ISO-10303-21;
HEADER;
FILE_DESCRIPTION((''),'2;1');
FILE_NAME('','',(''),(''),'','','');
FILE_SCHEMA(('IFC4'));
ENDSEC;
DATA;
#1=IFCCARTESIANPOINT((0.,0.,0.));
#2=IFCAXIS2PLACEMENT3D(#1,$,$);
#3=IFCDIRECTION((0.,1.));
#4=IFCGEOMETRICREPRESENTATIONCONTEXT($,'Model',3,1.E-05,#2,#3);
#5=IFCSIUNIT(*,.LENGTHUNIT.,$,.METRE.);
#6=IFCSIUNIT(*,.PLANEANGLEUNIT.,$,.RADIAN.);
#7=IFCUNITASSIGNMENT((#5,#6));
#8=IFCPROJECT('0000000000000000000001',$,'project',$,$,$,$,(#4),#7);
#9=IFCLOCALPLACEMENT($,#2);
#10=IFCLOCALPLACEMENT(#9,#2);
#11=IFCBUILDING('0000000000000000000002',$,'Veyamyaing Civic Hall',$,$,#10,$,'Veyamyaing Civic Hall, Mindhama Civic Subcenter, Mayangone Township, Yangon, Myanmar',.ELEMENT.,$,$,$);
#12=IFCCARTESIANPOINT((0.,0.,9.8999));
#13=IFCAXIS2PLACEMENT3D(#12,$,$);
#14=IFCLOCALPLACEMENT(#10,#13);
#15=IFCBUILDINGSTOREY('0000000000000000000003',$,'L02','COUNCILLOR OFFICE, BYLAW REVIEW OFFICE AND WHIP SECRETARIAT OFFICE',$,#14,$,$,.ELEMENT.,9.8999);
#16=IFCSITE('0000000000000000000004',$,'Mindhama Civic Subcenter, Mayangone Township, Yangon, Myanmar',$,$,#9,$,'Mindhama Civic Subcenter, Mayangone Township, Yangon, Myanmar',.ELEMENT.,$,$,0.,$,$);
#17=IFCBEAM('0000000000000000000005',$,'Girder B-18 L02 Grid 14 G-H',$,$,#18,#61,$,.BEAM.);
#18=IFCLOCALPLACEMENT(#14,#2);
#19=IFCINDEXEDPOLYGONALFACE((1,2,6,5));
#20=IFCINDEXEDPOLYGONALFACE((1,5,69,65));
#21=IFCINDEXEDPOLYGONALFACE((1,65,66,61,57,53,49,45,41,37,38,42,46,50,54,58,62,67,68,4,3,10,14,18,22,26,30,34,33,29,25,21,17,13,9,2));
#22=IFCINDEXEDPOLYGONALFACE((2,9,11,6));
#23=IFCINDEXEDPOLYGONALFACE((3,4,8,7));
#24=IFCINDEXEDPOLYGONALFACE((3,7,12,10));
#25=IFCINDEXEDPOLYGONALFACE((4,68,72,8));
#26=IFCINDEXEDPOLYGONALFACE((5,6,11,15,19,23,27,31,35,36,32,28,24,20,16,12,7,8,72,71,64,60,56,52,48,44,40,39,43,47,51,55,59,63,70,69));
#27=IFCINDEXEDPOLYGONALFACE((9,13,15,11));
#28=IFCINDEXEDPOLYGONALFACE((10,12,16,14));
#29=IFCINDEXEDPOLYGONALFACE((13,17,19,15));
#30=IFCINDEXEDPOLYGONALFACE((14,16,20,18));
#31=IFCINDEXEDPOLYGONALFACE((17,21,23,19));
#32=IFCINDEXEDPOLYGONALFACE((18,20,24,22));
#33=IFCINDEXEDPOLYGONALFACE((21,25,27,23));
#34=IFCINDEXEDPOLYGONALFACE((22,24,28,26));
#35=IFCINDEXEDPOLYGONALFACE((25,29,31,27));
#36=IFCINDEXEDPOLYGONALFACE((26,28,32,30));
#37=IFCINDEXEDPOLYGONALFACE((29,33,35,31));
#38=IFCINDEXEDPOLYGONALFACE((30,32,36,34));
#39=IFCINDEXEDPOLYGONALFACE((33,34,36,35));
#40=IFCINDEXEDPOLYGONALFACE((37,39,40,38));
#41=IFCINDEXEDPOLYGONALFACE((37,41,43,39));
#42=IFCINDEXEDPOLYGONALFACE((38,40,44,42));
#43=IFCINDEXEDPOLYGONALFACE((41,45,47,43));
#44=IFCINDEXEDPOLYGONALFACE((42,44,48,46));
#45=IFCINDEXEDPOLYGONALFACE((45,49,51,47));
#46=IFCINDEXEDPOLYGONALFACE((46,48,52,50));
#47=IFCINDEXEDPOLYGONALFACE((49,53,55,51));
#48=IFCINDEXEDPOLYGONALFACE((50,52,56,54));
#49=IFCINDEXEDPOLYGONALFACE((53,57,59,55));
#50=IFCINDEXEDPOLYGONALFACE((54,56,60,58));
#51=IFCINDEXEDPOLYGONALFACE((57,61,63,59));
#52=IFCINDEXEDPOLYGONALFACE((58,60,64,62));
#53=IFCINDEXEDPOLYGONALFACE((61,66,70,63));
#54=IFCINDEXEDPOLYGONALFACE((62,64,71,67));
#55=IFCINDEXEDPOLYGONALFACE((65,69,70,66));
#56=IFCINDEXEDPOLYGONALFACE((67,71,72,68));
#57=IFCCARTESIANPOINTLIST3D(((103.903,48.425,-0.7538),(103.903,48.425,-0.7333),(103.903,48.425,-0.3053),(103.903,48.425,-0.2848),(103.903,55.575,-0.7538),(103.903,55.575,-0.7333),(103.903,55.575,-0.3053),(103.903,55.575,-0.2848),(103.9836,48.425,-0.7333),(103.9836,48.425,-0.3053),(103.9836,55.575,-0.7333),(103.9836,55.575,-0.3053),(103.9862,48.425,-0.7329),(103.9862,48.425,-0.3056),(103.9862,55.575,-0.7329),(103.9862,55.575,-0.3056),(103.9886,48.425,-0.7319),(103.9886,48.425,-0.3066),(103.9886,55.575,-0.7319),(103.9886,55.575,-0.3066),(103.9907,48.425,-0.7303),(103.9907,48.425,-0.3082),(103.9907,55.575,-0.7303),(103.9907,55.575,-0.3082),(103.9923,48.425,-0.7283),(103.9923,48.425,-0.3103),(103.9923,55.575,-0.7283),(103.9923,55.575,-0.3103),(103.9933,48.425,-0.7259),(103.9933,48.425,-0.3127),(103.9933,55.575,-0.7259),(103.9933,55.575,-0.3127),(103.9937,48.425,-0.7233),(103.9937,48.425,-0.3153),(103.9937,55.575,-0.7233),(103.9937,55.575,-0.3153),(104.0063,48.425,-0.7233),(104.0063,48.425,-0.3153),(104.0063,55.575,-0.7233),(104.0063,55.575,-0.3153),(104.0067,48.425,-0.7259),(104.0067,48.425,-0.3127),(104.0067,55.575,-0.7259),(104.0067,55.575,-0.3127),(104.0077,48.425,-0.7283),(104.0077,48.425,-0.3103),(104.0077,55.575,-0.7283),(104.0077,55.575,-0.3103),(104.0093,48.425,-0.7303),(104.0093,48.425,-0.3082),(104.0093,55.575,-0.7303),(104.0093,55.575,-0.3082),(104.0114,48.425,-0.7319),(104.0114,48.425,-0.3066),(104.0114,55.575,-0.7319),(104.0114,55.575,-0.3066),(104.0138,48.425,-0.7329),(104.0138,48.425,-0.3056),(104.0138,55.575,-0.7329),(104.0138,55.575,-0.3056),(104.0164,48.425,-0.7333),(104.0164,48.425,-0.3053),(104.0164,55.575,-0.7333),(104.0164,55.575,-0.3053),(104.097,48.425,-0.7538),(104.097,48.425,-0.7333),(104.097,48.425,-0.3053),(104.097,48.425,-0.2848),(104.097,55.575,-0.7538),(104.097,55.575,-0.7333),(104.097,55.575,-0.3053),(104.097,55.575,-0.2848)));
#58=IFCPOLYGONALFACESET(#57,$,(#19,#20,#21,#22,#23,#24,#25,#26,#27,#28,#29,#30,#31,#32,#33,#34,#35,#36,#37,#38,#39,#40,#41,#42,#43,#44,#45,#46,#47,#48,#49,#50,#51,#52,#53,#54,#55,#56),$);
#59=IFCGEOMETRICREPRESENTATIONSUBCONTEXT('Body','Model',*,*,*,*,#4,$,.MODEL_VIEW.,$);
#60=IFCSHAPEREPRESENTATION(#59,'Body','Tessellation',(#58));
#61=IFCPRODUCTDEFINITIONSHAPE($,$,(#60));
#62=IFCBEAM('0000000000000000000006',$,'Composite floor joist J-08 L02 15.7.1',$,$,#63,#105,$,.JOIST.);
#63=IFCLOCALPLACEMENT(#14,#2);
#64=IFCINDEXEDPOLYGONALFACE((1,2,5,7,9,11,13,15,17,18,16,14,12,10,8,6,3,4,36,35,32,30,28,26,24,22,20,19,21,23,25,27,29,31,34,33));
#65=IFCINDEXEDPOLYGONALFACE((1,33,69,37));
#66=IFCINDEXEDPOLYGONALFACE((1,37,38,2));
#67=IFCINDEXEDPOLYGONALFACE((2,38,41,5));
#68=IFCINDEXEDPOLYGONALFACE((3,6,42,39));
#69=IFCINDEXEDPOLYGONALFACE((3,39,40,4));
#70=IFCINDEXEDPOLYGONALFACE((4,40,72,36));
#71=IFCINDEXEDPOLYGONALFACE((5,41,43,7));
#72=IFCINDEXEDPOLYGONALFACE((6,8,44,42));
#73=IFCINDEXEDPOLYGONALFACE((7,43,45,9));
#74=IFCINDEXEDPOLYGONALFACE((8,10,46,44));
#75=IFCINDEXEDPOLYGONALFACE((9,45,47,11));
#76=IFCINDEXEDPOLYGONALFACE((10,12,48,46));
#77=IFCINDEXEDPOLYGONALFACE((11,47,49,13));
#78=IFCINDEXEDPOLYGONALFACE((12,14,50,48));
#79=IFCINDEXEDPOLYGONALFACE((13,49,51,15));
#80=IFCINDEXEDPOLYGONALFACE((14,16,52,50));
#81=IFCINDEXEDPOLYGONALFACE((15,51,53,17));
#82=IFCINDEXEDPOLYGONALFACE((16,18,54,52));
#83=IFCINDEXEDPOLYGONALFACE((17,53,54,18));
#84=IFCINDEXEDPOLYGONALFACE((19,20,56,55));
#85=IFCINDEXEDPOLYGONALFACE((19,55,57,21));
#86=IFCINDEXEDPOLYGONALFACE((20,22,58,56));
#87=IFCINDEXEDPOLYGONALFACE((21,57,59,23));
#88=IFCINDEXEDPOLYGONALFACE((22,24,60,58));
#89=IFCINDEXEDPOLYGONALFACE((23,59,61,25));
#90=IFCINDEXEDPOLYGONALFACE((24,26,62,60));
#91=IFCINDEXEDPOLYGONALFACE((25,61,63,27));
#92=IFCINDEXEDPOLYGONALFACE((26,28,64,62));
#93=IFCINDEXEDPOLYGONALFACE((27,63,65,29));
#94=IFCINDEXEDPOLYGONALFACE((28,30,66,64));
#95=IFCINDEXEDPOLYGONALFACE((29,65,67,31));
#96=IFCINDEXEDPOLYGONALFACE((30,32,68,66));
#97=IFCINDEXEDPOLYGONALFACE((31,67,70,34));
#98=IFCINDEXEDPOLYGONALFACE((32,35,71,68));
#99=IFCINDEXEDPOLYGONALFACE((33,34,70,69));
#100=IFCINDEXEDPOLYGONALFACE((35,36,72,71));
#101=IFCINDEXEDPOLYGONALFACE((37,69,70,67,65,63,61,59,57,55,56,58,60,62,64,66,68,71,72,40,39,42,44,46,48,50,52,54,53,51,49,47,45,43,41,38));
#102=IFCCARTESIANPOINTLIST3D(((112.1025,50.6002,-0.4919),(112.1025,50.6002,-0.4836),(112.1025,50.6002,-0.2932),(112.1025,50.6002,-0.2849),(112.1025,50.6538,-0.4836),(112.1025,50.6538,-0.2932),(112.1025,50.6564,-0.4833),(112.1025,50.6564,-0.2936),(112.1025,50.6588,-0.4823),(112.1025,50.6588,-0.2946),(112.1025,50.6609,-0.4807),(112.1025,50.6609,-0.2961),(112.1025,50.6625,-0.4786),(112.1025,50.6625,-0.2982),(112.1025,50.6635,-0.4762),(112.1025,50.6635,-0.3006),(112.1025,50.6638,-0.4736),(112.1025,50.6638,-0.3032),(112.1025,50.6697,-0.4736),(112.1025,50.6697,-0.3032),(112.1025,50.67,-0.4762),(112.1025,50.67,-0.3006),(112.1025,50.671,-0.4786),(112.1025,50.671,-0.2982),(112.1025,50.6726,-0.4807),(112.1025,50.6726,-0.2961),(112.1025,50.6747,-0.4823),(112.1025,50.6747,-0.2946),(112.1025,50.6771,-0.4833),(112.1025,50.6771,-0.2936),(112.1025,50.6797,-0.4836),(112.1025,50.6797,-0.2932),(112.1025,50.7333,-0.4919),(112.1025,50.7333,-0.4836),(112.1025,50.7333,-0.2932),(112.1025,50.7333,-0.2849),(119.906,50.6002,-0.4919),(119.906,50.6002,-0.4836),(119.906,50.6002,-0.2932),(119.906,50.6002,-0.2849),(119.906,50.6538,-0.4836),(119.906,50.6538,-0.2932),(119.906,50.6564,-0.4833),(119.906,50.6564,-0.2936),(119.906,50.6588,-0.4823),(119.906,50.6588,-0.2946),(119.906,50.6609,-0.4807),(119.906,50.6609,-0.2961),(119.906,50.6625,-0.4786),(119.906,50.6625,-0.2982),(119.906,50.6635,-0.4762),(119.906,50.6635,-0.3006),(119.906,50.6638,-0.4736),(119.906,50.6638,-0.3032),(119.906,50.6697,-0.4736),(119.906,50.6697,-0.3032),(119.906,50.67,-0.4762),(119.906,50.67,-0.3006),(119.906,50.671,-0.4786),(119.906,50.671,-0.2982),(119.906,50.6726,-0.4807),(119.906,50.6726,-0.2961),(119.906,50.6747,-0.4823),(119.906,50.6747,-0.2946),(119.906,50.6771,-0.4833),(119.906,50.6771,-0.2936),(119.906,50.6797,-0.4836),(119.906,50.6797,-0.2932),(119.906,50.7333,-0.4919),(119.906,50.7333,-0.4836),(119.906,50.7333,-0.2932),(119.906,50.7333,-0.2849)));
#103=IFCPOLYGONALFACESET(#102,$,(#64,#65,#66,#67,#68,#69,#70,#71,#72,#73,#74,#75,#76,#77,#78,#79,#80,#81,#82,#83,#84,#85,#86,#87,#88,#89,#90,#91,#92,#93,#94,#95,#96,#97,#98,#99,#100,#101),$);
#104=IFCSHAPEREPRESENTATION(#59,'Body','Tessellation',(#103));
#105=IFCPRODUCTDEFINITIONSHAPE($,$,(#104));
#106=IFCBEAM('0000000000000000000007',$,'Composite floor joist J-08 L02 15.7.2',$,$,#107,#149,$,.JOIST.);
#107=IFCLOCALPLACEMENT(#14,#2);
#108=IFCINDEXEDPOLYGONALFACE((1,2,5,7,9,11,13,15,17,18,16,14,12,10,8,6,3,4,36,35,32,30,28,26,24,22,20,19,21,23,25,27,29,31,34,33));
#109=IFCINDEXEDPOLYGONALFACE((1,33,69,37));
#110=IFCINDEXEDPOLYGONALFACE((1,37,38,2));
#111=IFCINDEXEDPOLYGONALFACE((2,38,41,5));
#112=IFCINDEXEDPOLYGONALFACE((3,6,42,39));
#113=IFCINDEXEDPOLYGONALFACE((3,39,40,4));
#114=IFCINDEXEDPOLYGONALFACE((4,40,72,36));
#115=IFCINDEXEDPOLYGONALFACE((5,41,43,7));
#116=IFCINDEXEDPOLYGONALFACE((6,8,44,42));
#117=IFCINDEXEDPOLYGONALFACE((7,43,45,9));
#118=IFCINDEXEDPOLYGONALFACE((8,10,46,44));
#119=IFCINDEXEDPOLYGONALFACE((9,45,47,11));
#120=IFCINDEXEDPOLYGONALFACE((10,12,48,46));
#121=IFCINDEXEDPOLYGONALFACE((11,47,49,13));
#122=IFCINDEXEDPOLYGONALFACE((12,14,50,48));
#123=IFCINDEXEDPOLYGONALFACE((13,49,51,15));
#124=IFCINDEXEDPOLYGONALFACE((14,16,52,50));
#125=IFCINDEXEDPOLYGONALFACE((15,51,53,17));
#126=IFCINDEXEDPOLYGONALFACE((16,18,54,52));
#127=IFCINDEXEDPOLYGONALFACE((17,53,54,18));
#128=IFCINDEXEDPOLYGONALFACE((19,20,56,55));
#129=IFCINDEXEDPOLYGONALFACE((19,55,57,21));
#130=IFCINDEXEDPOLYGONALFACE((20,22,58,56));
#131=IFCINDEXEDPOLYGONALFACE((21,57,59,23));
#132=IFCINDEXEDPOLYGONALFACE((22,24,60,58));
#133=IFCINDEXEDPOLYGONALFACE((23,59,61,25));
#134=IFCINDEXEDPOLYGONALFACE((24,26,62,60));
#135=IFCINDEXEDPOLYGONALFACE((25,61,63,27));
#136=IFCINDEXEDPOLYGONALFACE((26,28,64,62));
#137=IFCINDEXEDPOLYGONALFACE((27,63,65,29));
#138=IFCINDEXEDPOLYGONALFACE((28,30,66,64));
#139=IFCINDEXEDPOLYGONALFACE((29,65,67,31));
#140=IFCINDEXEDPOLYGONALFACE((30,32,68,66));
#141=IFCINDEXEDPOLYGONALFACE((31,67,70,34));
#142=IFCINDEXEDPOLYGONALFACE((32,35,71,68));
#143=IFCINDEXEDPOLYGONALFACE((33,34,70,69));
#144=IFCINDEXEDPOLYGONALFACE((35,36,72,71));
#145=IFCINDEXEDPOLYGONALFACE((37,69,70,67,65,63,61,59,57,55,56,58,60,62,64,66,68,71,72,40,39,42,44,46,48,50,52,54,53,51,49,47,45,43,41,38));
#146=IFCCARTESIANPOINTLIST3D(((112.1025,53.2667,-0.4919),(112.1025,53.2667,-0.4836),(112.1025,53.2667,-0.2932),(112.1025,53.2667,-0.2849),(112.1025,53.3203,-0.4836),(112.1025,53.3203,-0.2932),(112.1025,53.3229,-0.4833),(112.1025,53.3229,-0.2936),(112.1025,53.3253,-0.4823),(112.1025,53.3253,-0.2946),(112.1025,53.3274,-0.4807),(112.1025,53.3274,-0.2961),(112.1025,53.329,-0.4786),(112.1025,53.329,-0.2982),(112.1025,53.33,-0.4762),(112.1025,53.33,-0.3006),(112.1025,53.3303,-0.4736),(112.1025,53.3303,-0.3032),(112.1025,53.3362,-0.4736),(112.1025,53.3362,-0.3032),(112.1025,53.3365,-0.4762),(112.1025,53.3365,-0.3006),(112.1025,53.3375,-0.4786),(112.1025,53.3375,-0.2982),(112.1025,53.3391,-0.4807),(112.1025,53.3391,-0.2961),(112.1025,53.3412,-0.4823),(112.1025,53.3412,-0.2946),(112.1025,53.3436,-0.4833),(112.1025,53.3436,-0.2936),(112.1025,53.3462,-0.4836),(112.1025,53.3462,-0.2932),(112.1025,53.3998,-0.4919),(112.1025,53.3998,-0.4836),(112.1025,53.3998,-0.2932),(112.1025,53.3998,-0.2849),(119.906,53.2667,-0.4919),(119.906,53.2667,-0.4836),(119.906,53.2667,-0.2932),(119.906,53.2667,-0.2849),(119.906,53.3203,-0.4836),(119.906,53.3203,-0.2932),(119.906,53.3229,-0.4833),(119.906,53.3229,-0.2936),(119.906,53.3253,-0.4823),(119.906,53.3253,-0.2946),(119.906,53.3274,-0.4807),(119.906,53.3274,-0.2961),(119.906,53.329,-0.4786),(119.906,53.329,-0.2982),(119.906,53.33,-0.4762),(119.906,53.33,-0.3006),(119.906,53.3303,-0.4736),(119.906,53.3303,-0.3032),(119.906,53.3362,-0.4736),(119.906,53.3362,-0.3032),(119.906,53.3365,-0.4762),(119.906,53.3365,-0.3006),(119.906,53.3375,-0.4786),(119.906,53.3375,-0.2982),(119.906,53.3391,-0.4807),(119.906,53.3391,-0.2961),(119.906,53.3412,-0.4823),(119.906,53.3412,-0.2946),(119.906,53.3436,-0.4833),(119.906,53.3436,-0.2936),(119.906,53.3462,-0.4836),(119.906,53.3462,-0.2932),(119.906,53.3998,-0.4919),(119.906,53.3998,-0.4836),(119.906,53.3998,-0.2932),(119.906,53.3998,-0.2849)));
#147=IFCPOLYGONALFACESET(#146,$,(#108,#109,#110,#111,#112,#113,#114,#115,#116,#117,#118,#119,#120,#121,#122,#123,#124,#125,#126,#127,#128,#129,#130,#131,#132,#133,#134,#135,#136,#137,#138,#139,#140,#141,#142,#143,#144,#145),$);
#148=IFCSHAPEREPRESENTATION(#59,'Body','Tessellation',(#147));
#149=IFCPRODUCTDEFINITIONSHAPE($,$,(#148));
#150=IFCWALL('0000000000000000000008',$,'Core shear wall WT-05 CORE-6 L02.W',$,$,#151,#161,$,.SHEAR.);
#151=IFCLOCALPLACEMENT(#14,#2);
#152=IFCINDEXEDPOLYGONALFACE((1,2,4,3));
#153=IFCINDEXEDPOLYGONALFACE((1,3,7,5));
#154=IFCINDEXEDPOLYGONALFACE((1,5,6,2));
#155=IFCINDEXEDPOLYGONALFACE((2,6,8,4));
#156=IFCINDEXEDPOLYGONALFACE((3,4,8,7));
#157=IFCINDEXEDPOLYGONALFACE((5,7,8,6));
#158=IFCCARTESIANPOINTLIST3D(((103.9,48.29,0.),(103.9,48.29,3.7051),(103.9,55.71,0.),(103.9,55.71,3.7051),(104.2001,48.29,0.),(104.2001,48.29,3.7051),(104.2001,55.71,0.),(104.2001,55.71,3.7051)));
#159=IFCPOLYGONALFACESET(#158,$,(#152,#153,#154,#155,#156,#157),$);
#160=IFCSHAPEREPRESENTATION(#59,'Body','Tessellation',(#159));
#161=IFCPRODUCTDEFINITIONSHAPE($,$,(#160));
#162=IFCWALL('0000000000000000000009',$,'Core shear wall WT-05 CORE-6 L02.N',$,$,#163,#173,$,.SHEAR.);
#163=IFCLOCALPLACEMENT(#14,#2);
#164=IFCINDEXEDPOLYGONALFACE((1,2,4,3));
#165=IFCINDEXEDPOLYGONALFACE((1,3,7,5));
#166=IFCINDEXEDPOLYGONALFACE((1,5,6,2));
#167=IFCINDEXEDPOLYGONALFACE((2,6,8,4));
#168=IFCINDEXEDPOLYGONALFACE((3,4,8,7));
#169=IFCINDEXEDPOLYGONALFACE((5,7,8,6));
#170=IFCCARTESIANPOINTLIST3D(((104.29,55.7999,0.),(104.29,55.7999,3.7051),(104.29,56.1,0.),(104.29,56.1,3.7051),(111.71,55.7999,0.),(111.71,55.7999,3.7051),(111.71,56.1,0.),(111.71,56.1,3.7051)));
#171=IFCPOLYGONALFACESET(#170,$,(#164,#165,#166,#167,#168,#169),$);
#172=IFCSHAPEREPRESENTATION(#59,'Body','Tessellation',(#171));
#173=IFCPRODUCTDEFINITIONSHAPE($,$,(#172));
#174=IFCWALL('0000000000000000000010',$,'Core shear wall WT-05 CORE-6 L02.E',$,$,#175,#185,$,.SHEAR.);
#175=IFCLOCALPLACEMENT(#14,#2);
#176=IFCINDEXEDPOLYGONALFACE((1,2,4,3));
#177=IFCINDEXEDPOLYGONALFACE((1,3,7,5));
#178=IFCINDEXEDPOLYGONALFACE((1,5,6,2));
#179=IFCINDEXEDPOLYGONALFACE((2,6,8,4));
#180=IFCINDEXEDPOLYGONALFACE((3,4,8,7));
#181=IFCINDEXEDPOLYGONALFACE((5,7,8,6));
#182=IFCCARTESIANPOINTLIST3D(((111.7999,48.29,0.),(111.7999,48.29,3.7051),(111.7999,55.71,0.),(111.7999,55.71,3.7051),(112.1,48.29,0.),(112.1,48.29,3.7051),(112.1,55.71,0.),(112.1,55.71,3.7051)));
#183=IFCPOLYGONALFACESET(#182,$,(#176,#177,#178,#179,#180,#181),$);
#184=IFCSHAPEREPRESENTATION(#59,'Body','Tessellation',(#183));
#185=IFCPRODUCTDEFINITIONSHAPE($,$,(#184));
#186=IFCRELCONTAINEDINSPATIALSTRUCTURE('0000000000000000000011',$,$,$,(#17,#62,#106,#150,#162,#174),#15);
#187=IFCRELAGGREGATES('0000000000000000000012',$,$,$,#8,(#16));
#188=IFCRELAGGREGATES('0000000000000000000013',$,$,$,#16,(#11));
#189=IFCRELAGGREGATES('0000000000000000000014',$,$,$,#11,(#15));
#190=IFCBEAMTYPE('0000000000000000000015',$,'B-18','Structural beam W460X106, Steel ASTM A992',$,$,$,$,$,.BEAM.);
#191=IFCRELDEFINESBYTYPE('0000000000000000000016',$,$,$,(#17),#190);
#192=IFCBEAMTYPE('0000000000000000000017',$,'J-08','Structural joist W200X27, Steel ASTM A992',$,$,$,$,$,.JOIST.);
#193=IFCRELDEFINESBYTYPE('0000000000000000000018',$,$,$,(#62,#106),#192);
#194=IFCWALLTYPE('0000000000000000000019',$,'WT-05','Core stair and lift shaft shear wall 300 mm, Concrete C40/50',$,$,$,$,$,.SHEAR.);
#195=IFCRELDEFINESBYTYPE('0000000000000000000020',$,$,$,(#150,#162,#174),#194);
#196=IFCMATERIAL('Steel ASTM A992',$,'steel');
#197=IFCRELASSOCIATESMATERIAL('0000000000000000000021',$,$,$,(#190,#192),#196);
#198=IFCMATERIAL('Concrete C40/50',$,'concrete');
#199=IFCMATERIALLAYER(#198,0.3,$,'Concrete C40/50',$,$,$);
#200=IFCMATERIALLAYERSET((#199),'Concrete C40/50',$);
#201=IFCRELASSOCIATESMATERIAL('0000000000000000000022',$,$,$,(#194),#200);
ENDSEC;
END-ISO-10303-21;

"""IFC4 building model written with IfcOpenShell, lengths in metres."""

from ifc_helpers import new_model, si_unit, direction, frame, frame_2d, origin, origin_2d, place, context, subcontext, project, spatial, rectangle, i_section, extrude, material, layer, layer_set, material_profile, profile_set, type_object, element, save


model = new_model("IFC4")

# Units and contexts
model_context = context("Model", 3, precision=1e-05, world=origin(), true_north=direction((0.0, 1.0)))
body_context = subcontext(model_context, "Body", "Model", "MODEL_VIEW")
ifc_project = project(units=[si_unit("LENGTHUNIT", "METRE"), si_unit("PLANEANGLEUNIT", "RADIAN")], contexts=[model_context])

# Site, building, storey
site_placement = place(None, origin())
site = spatial("IfcSite", under=ifc_project, at=site_placement, Name="Mindhama Civic Subcenter, Mayangone Township, Yangon, Myanmar", LongName="Mindhama Civic Subcenter, Mayangone Township, Yangon, Myanmar", CompositionType="ELEMENT", RefElevation=0.0)
building_placement = place(site_placement, origin())
building = spatial("IfcBuilding", under=site, at=building_placement, Name="Veyamyaing Civic Hall", LongName="Veyamyaing Civic Hall, Mindhama Civic Subcenter, Mayangone Township, Yangon, Myanmar", CompositionType="ELEMENT")
storey_placement = place(building_placement, frame((0.0, 0.0, 9.8999)))
storey = spatial("IfcBuildingStorey", under=building, at=storey_placement, Name="L02", Description="COUNCILLOR OFFICE, BYLAW REVIEW OFFICE AND WHIP SECRETARIAT OFFICE", CompositionType="ELEMENT", Elevation=9.8999)

# Beams
ifc_material_1 = material(Name="Steel ASTM A992", Category="steel")
ifc_material_profile_1 = material_profile(ifc_material_1, i_section(OverallWidth=0.1941, OverallDepth=0.469, WebThickness=0.0127, FlangeThickness=0.0205, FilletRadius=0.01, at=origin_2d()), Name="W460X106")
ifc_profile_set_1 = profile_set([ifc_material_profile_1], Name="Steel ASTM A992")
beam_type_1 = type_object("IfcBeamType", Name="B-18", Description="Structural beam W460X106, Steel ASTM A992", PredefinedType="BEAM", material=ifc_profile_set_1)
beam_1_placement = place(storey_placement, frame((104.0, 48.425, -0.5193), z_axis=(0.0, 1.0, 0.0), x_axis=(-1.0, 0.0, 0.0)))
element("IfcBeam", 1, at=beam_1_placement, inside=storey, type_object=beam_type_1, Name="Girder B-18 L02 Grid 14 G-H", PredefinedType="BEAM", context=body_context, shape_type="SweptSolid", body=[
    extrude(i_section(OverallWidth=0.1941, OverallDepth=0.469, WebThickness=0.0127, FlangeThickness=0.0205, FilletRadius=0.01, at=origin_2d()), origin(), (0.0, 0.0, 1.0), 7.1499),
])
ifc_material_profile_2 = material_profile(ifc_material_1, i_section(OverallWidth=0.1331, OverallDepth=0.207, WebThickness=0.0059, FlangeThickness=0.0083, FilletRadius=0.01, at=origin_2d()), Name="W200X27")
ifc_profile_set_2 = profile_set([ifc_material_profile_2], Name="Steel ASTM A992")
beam_type_2 = type_object("IfcBeamType", Name="J-08", Description="Structural joist W200X27, Steel ASTM A992", PredefinedType="JOIST", material=ifc_profile_set_2)
for number, where, z_axis, x_axis, name in (
    (2, (112.1025, 50.6667, -0.3884), (1.0, 0.0, 0.0), (0.0, 1.0, 0.0), "Composite floor joist J-08 L02 15.7.1"),
    (3, (112.1025, 53.3333, -0.3884), (1.0, 0.0, 0.0), (0.0, 1.0, 0.0), "Composite floor joist J-08 L02 15.7.2"),
):
    element("IfcBeam", number, at=place(storey_placement, frame(where, z_axis=z_axis, x_axis=x_axis)), inside=storey, type_object=beam_type_2, Name=name, PredefinedType="JOIST", context=body_context, shape_type="SweptSolid", body=[
        extrude(i_section(OverallWidth=0.1331, OverallDepth=0.207, WebThickness=0.0059, FlangeThickness=0.0083, FilletRadius=0.01, at=origin_2d()), origin(), (0.0, 0.0, 1.0), 7.8035),
    ])

# Walls
ifc_material_2 = material(Name="Concrete C40/50", Category="concrete")
ifc_layer_1 = layer(ifc_material_2, 0.3, Name="Concrete C40/50")
ifc_layer_set_1 = layer_set([ifc_layer_1], Name="Concrete C40/50")
wall_type_1 = type_object("IfcWallType", Name="WT-05", Description="Core stair and lift shaft shear wall 300 mm, Concrete C40/50", PredefinedType="SHEAR", material=ifc_layer_set_1)
for number, where, z_axis, x_axis, name in (
    (4, (104.05, 48.29, 0.0), (0.0, 0.0, 1.0), (0.0, 1.0, 0.0), "Core shear wall WT-05 CORE-6 L02.W"),
    (5, (104.29, 55.95, 0.0), (0.0, 0.0, 1.0), (1.0, 0.0, 0.0), "Core shear wall WT-05 CORE-6 L02.N"),
    (6, (111.95, 48.29, 0.0), (0.0, 0.0, 1.0), (0.0, 1.0, 0.0), "Core shear wall WT-05 CORE-6 L02.E"),
):
    element("IfcWall", number, at=place(storey_placement, frame(where, z_axis=z_axis, x_axis=x_axis)), inside=storey, type_object=wall_type_1, Name=name, PredefinedType="SHEAR", context=body_context, shape_type="SweptSolid", body=[
        extrude(rectangle(XDim=7.4199, YDim=0.3, at=frame_2d((3.71, 0.0))), origin(), (0.0, 0.0, 1.0), 3.7051),
    ])

save(model, "model.ifc")
